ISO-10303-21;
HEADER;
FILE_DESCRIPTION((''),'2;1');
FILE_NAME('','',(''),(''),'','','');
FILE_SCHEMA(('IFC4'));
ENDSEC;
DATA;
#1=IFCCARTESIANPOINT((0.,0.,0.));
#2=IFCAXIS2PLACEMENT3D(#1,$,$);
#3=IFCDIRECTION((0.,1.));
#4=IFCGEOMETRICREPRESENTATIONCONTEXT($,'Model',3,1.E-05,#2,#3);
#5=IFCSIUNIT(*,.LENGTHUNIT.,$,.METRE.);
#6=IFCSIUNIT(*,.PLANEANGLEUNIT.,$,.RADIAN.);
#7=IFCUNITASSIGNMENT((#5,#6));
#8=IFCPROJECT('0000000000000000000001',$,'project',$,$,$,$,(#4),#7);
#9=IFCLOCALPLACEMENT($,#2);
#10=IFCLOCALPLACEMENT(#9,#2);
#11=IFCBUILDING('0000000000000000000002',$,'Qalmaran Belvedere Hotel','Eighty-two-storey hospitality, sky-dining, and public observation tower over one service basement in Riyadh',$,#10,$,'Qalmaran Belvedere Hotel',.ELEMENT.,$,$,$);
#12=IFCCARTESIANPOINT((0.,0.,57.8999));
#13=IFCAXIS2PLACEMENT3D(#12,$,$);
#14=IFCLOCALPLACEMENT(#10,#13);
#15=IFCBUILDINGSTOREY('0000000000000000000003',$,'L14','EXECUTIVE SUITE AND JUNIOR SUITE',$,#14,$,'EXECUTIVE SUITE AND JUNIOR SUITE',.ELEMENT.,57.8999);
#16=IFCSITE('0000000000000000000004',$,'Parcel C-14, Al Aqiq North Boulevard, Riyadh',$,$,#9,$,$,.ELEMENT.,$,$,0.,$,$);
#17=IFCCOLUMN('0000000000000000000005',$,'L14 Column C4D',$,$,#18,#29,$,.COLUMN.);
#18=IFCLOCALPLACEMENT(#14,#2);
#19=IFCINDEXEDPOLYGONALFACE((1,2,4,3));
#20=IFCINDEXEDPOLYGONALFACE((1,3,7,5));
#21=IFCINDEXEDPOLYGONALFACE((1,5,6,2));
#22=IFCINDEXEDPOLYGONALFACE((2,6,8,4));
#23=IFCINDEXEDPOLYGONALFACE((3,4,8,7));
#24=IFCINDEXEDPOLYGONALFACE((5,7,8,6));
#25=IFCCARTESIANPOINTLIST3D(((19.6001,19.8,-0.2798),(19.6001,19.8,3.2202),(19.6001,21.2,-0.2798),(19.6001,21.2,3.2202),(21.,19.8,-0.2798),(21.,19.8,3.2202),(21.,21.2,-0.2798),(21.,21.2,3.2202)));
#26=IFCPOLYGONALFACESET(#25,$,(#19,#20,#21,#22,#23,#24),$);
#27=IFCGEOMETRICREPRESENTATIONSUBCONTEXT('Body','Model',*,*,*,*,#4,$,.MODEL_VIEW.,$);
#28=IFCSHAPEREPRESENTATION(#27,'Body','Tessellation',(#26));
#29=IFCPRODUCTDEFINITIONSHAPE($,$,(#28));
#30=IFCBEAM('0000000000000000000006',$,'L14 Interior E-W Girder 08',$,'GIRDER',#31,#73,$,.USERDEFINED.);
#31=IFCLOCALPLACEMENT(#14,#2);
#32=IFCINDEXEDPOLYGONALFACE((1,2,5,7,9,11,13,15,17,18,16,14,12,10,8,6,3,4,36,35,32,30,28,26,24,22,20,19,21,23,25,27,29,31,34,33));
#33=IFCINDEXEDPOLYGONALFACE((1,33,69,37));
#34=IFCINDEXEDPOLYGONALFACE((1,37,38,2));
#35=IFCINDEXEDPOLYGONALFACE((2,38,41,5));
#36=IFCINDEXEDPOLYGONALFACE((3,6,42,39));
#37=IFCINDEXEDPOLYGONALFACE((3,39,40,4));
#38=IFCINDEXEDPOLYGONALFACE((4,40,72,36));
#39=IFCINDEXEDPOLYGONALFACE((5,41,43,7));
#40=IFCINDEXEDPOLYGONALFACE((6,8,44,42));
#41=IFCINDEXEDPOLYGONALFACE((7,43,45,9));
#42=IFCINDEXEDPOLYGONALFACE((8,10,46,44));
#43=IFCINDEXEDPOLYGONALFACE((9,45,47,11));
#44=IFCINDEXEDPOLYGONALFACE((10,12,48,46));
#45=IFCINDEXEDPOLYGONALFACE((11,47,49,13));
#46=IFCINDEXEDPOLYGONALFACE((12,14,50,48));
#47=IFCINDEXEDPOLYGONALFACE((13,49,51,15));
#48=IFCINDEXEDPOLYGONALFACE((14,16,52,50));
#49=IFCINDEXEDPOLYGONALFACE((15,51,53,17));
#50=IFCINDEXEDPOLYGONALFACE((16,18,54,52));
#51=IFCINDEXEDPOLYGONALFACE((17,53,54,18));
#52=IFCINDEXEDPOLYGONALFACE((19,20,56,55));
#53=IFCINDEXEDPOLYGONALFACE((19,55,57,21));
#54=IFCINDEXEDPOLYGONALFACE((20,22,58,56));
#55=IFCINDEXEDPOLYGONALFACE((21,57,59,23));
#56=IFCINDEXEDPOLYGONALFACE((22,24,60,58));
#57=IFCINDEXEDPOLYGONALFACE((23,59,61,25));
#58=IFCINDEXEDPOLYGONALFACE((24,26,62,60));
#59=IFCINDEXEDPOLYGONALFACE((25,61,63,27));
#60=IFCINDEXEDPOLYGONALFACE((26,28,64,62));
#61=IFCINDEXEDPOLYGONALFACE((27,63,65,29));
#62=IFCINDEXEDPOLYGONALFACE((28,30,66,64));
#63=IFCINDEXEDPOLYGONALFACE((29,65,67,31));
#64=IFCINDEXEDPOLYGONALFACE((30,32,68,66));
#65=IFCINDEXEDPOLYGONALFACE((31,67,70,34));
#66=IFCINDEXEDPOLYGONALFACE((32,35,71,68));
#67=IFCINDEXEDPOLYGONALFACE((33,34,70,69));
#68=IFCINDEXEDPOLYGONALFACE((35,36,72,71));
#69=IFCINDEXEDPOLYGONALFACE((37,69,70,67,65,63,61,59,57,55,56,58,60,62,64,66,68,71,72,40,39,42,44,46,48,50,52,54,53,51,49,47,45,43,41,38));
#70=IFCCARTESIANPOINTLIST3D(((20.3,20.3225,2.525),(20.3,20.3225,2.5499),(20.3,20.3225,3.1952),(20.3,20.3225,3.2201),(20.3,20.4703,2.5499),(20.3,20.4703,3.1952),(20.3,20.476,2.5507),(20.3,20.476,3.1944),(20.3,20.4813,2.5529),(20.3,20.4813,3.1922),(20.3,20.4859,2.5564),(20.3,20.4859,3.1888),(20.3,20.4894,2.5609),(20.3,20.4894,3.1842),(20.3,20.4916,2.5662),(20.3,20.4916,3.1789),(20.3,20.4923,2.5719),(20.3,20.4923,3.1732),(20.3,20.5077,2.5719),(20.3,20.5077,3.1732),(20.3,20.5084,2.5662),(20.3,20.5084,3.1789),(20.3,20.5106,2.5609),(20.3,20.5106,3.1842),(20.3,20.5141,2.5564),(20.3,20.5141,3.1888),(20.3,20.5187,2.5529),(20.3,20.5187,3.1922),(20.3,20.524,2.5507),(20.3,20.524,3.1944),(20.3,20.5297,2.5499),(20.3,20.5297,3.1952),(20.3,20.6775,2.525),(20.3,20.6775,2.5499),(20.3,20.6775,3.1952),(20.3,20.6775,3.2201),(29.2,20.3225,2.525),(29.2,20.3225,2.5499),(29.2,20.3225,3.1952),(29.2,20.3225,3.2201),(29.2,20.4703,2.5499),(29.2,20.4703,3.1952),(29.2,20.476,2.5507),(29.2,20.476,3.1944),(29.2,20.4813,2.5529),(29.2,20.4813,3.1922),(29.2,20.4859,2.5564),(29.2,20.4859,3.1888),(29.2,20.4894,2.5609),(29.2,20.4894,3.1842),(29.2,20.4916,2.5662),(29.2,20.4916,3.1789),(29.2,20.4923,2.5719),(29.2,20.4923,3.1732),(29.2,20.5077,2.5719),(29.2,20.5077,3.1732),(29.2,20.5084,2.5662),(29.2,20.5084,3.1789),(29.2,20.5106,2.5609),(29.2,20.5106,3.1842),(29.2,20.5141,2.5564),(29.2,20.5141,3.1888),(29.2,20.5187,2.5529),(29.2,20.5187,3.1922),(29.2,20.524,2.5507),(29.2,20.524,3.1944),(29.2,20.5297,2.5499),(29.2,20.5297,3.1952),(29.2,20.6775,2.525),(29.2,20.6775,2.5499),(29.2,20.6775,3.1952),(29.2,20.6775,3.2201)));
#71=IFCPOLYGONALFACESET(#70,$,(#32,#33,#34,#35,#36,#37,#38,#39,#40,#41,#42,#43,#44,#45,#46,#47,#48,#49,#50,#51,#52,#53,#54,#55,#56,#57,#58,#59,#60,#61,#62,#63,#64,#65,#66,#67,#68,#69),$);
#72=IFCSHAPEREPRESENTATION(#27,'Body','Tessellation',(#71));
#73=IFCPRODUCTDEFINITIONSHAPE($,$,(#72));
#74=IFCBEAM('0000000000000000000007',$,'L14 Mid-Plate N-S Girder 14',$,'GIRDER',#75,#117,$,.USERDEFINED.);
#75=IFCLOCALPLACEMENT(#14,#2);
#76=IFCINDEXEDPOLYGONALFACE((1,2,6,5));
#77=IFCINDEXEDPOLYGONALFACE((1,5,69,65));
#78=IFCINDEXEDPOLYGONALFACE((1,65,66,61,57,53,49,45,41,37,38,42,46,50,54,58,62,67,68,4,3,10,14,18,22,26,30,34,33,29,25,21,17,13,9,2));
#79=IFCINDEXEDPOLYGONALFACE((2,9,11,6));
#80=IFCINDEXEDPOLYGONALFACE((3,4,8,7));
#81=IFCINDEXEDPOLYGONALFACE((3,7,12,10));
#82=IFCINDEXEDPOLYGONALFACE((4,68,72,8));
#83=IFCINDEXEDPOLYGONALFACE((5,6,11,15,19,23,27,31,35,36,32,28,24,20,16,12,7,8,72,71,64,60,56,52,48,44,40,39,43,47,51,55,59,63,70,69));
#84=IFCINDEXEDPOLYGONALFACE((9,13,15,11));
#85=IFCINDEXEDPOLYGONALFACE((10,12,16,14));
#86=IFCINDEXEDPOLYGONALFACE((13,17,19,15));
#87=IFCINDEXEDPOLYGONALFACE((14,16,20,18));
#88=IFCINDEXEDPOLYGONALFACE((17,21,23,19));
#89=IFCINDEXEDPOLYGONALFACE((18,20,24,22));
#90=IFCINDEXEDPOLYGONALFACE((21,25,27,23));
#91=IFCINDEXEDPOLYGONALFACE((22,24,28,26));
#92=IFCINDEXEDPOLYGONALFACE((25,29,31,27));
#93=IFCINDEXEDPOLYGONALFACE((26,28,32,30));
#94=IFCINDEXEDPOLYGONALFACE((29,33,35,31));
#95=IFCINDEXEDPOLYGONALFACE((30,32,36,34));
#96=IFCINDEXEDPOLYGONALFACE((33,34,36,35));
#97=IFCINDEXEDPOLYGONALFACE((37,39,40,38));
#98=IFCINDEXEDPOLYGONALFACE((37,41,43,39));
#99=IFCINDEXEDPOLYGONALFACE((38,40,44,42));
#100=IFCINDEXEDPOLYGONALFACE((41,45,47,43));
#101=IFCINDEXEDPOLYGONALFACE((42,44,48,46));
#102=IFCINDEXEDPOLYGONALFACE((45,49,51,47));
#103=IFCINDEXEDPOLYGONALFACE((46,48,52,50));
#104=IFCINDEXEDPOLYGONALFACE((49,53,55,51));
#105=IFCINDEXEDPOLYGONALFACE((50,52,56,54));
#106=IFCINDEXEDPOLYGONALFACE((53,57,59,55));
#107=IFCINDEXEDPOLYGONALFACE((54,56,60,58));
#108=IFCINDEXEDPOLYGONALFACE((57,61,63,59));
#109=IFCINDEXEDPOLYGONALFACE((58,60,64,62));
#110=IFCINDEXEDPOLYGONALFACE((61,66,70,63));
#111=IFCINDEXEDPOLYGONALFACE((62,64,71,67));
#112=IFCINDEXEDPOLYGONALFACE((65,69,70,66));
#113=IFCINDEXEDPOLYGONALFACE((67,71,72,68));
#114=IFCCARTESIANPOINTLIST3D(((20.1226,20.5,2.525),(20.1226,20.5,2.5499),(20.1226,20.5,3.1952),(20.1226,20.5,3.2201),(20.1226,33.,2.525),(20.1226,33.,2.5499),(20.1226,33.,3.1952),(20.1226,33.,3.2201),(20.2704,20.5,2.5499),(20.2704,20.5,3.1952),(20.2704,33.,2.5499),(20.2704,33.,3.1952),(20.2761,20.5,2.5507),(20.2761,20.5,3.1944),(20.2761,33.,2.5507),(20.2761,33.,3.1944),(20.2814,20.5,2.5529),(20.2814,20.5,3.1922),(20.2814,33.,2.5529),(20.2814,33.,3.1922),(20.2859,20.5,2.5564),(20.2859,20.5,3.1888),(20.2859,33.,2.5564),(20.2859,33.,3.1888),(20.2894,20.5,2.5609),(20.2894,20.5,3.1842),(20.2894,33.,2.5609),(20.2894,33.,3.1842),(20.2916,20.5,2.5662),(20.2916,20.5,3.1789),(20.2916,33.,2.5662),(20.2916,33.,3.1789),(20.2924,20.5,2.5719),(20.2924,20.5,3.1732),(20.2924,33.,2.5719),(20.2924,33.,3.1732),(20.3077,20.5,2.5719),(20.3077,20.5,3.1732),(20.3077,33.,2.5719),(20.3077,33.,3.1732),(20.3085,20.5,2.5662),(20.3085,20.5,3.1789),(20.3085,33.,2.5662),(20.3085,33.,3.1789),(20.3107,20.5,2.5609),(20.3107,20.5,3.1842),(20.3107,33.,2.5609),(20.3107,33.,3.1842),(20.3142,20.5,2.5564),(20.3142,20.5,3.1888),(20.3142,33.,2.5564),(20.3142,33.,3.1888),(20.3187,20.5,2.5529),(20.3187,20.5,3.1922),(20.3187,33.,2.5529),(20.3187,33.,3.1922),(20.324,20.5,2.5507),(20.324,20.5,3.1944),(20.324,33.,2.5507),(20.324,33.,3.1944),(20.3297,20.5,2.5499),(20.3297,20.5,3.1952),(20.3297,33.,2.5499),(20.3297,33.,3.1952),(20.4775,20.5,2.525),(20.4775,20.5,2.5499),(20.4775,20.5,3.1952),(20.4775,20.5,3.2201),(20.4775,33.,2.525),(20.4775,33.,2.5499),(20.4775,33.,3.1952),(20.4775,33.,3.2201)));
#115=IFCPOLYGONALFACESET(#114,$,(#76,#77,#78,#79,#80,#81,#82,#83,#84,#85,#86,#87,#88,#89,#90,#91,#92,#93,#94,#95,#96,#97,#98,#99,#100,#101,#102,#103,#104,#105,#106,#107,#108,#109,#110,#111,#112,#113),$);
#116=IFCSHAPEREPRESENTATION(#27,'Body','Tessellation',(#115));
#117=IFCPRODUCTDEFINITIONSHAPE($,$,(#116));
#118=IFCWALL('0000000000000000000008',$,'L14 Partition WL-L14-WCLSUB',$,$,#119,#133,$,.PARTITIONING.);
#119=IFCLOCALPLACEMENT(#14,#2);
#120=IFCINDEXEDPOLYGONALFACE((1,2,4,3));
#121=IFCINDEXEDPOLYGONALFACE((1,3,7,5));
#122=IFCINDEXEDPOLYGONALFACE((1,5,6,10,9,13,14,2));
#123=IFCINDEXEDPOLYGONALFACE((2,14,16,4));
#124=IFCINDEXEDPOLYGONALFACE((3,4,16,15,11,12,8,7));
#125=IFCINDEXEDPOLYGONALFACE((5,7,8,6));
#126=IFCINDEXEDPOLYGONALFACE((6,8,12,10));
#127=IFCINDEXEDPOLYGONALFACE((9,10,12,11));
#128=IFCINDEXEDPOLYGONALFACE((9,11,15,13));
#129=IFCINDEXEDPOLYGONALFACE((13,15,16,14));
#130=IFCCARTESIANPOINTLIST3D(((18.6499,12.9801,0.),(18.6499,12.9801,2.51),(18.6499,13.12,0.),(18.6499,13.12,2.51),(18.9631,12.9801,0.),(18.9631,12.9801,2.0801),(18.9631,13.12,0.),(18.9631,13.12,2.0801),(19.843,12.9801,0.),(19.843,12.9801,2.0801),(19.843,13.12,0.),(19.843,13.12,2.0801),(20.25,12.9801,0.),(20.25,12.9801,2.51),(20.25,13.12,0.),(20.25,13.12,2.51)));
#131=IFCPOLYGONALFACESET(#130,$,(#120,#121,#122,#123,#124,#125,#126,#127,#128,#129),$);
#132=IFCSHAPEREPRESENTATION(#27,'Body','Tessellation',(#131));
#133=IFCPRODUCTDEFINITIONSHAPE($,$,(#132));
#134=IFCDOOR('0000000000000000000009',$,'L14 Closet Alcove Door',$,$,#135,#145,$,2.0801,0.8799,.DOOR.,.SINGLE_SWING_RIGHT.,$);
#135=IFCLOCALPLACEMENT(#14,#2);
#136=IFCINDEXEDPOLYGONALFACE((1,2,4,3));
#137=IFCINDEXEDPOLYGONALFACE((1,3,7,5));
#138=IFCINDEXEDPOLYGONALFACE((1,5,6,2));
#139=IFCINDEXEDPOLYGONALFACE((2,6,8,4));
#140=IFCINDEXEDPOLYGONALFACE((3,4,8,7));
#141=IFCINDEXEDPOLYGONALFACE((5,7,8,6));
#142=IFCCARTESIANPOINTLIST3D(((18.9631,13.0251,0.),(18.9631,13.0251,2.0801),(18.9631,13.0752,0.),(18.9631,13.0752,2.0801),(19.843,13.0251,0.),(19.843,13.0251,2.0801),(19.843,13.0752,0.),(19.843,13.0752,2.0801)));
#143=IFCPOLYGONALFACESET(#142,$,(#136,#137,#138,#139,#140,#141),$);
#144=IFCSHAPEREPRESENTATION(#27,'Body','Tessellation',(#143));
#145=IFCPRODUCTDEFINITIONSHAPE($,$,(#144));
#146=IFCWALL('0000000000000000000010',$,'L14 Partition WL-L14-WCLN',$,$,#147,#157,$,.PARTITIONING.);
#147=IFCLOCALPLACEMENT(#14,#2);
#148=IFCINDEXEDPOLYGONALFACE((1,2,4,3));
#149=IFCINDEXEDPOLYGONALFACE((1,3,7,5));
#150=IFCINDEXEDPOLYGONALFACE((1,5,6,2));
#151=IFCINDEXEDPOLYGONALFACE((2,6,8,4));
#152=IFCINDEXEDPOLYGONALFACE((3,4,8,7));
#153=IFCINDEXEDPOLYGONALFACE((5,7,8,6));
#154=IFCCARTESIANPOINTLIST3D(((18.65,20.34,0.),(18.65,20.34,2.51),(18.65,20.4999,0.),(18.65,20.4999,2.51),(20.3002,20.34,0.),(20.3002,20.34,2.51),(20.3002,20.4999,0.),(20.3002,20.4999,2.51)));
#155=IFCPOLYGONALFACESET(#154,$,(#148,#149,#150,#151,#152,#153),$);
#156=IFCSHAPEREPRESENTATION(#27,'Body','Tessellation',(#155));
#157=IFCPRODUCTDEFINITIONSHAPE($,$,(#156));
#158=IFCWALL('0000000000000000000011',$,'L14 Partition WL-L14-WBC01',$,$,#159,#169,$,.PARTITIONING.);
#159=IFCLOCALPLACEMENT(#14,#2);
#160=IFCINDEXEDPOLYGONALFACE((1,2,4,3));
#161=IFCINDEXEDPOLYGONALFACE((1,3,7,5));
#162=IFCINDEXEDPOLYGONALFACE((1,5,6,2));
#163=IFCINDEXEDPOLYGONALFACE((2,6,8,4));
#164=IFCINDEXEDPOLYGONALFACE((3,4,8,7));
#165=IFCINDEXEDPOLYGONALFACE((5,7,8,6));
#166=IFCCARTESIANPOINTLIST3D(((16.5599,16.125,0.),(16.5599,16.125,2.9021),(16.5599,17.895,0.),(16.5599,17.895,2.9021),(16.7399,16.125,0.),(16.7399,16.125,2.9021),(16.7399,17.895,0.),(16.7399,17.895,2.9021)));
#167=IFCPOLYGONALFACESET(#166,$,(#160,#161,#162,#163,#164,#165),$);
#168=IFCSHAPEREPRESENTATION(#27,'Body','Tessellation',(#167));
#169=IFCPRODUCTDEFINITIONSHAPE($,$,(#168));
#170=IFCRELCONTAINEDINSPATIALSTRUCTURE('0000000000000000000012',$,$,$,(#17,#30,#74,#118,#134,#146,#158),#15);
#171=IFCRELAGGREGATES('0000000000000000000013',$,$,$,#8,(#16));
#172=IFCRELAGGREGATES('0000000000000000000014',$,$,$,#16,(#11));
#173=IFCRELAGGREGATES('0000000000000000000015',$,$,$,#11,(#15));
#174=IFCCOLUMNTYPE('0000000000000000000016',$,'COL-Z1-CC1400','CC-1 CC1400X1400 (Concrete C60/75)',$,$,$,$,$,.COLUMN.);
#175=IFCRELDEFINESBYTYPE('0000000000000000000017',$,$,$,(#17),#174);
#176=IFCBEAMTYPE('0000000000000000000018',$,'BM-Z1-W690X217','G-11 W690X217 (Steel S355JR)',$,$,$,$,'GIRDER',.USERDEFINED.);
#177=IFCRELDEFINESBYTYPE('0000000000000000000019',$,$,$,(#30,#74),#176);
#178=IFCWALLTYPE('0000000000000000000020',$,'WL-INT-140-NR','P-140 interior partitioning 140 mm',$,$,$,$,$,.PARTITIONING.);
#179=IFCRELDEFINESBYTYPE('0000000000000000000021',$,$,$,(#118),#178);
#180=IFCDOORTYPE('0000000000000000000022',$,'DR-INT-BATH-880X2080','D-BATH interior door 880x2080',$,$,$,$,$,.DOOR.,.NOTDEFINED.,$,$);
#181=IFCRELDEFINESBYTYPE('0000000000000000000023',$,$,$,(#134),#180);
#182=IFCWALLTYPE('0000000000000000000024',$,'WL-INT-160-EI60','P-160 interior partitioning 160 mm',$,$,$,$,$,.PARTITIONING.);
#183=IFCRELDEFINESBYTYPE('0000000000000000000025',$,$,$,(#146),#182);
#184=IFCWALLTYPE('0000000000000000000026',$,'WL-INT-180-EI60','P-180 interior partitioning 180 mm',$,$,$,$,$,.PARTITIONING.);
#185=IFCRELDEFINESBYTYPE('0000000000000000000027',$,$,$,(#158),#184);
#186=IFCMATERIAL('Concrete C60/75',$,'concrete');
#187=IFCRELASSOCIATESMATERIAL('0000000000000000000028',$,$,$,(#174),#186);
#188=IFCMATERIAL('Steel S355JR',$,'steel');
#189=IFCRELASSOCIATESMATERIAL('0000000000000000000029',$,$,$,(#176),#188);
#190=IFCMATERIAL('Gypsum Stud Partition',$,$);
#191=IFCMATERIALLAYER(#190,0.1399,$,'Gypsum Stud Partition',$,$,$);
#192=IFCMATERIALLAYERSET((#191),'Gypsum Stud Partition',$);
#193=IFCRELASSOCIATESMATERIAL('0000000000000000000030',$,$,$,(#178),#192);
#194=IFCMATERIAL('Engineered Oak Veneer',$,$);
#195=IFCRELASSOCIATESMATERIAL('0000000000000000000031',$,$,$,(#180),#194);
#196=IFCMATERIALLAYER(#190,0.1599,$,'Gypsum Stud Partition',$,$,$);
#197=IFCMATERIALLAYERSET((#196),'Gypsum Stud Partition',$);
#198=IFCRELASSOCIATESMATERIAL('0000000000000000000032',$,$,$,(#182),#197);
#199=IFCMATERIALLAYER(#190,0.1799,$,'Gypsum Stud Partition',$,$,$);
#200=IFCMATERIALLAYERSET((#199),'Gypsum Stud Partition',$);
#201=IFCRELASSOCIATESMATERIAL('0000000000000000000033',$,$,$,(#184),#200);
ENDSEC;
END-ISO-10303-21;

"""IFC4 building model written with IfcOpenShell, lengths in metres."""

from ifc_helpers import new_model, si_unit, direction, frame, frame_2d, origin, origin_2d, place, context, subcontext, project, spatial, rectangle, i_section, extrude, material, layer, layer_set, material_profile, profile_set, type_object, element, fill, save


model = new_model("IFC4")

# Units and contexts
model_context = context("Model", 3, precision=1e-05, world=origin(), true_north=direction((0.0, 1.0)))
body_context = subcontext(model_context, "Body", "Model", "MODEL_VIEW")
ifc_project = project(units=[si_unit("LENGTHUNIT", "METRE"), si_unit("PLANEANGLEUNIT", "RADIAN")], contexts=[model_context])

# Site, building, storey
site_placement = place(None, origin())
site = spatial("IfcSite", under=ifc_project, at=site_placement, Name="Parcel C-14, Al Aqiq North Boulevard, Riyadh", CompositionType="ELEMENT", RefElevation=0.0)
building_placement = place(site_placement, origin())
building = spatial("IfcBuilding", under=site, at=building_placement, Name="Qalmaran Belvedere Hotel", Description="Eighty-two-storey hospitality, sky-dining, and public observation tower over one service basement in Riyadh", LongName="Qalmaran Belvedere Hotel", CompositionType="ELEMENT")
storey_placement = place(building_placement, frame((0.0, 0.0, 57.8999)))
storey = spatial("IfcBuildingStorey", under=building, at=storey_placement, Name="L14", Description="EXECUTIVE SUITE AND JUNIOR SUITE", LongName="EXECUTIVE SUITE AND JUNIOR SUITE", CompositionType="ELEMENT", Elevation=57.8999)

# Column
ifc_material_1 = material(Name="Concrete C60/75", Category="concrete")
ifc_material_profile_1 = material_profile(ifc_material_1, rectangle(XDim=1.3999, YDim=1.3999, at=origin_2d()), Name="CC1400X1400")
ifc_profile_set_1 = profile_set([ifc_material_profile_1], Name="Concrete C60/75")
column_type = type_object("IfcColumnType", Name="COL-Z1-CC1400", Description="CC-1 CC1400X1400 (Concrete C60/75)", PredefinedType="COLUMN", material=ifc_profile_set_1)
column_placement = place(storey_placement, frame((20.3, 20.5, -0.2798), z_axis=(0.0, 0.0, 1.0), x_axis=(1.0, 0.0, 0.0)))
element("IfcColumn", 1, at=column_placement, inside=storey, type_object=column_type, Name="L14 Column C4D", PredefinedType="COLUMN", context=body_context, shape_type="SweptSolid", body=[
    extrude(rectangle(XDim=1.3999, YDim=1.3999, at=origin_2d()), origin(), (0.0, 0.0, 1.0), 3.5),
])

# Beams
ifc_material_2 = material(Name="Steel S355JR", Category="steel")
ifc_material_profile_2 = material_profile(ifc_material_2, i_section(OverallWidth=0.355, OverallDepth=0.6951, WebThickness=0.0154, FlangeThickness=0.0249, FilletRadius=0.022, at=origin_2d()), Name="W690X217")
ifc_profile_set_2 = profile_set([ifc_material_profile_2], Name="Steel S355JR")
beam_type = type_object("IfcBeamType", Name="BM-Z1-W690X217", Description="G-11 W690X217 (Steel S355JR)", ElementType="GIRDER", PredefinedType="USERDEFINED", material=ifc_profile_set_2)
beam_1_placement = place(storey_placement, frame((20.3, 20.5, 2.8726), z_axis=(1.0, 0.0, 0.0), x_axis=(0.0, 1.0, 0.0)))
element("IfcBeam", 2, at=beam_1_placement, inside=storey, type_object=beam_type, Name="L14 Interior E-W Girder 08", ObjectType="GIRDER", PredefinedType="USERDEFINED", context=body_context, shape_type="SweptSolid", body=[
    extrude(i_section(OverallWidth=0.355, OverallDepth=0.6951, WebThickness=0.0154, FlangeThickness=0.0249, FilletRadius=0.022, at=origin_2d()), origin(), (0.0, 0.0, 1.0), 8.8999),
])
beam_2_placement = place(storey_placement, frame((20.3, 20.5, 2.8726), z_axis=(0.0, 1.0, 0.0), x_axis=(-1.0, 0.0, 0.0)))
element("IfcBeam", 3, at=beam_2_placement, inside=storey, type_object=beam_type, Name="L14 Mid-Plate N-S Girder 14", ObjectType="GIRDER", PredefinedType="USERDEFINED", context=body_context, shape_type="SweptSolid", body=[
    extrude(i_section(OverallWidth=0.355, OverallDepth=0.6951, WebThickness=0.0154, FlangeThickness=0.0249, FilletRadius=0.022, at=origin_2d()), origin(), (0.0, 0.0, 1.0), 12.5),
])

# Wall, opening, door
ifc_material_3 = material(Name="Gypsum Stud Partition")
ifc_layer_1 = layer(ifc_material_3, 0.1399, Name="Gypsum Stud Partition")
ifc_layer_set_1 = layer_set([ifc_layer_1], Name="Gypsum Stud Partition")
wall_type_1 = type_object("IfcWallType", Name="WL-INT-140-NR", Description="P-140 interior partitioning 140 mm", PredefinedType="PARTITIONING", material=ifc_layer_set_1)
wall_1_placement = place(storey_placement, frame((18.6499, 13.05, 0.0), z_axis=(0.0, 0.0, 1.0), x_axis=(1.0, 0.0, 0.0)))
wall_1 = element("IfcWall", 4, at=wall_1_placement, inside=storey, type_object=wall_type_1, Name="L14 Partition WL-L14-WCLSUB", PredefinedType="PARTITIONING", context=body_context, shape_type="SweptSolid", body=[
    extrude(rectangle(XDim=1.6001, YDim=0.1399, at=frame_2d((0.8, 0.0))), origin(), (0.0, 0.0, 1.0), 2.51),
])
opening_1_placement = place(wall_1_placement, frame((1.1931, 0.0, 0.0), z_axis=(0.0, 0.0, 1.0), x_axis=(-1.0, 0.0, 0.0)))
opening_1 = element("IfcOpeningElement", 5, at=opening_1_placement, cuts=wall_1, PredefinedType="OPENING", context=body_context, shape_type="SweptSolid", body=[
    extrude(rectangle(XDim=0.8799, YDim=2.0801, at=frame_2d((0.4399, 1.04))), frame((0.0, 0.0801, 0.0), z_axis=(0.0, -1.0, 0.0), x_axis=(1.0, 0.0, 0.0)), (0.0, 0.0, 1.0), 0.1599),
])
ifc_material_4 = material(Name="Engineered Oak Veneer")
door_type_1 = type_object("IfcDoorType", Name="DR-INT-BATH-880X2080", Description="D-BATH interior door 880x2080", OperationType="NOTDEFINED", PredefinedType="DOOR", material=ifc_material_4)
door_1_placement = place(opening_1_placement, origin())
door_1 = element("IfcDoor", 6, at=door_1_placement, inside=storey, type_object=door_type_1, Name="L14 Closet Alcove Door", OperationType="SINGLE_SWING_RIGHT", OverallHeight=2.0801, OverallWidth=0.8799, PredefinedType="DOOR", context=body_context, shape_type="SweptSolid", body=[
    extrude(rectangle(XDim=0.8799, YDim=2.0801, at=frame_2d((0.4399, 1.04))), frame((0.0, 0.0249, 0.0), z_axis=(0.0, -1.0, 0.0), x_axis=(1.0, 0.0, 0.0)), (0.0, 0.0, 1.0), 0.05),
])
fill(opening_1, door_1)

# Wall
ifc_layer_2 = layer(ifc_material_3, 0.1599, Name="Gypsum Stud Partition")
ifc_layer_set_2 = layer_set([ifc_layer_2], Name="Gypsum Stud Partition")
wall_type_2 = type_object("IfcWallType", Name="WL-INT-160-EI60", Description="P-160 interior partitioning 160 mm", PredefinedType="PARTITIONING", material=ifc_layer_set_2)
wall_2_placement = place(storey_placement, frame((18.6499, 20.4199, 0.0), z_axis=(0.0, 0.0, 1.0), x_axis=(1.0, 0.0, 0.0)))
element("IfcWall", 7, at=wall_2_placement, inside=storey, type_object=wall_type_2, Name="L14 Partition WL-L14-WCLN", PredefinedType="PARTITIONING", context=body_context, shape_type="SweptSolid", body=[
    extrude(rectangle(XDim=1.6501, YDim=0.1599, at=frame_2d((0.8252, 0.0))), origin(), (0.0, 0.0, 1.0), 2.51),
])

# Shared definitions
ifc_layer_3 = layer(ifc_material_3, 0.1799, Name="Gypsum Stud Partition")
ifc_layer_set_3 = layer_set([ifc_layer_3], Name="Gypsum Stud Partition")
wall_type_3 = type_object("IfcWallType", Name="WL-INT-180-EI60", Description="P-180 interior partitioning 180 mm", PredefinedType="PARTITIONING", material=ifc_layer_set_3)

# Wall
wall_3_placement = place(storey_placement, frame((16.6499, 16.125, 0.0), z_axis=(0.0, 0.0, 1.0), x_axis=(0.0, 1.0, 0.0)))
element("IfcWall", 8, at=wall_3_placement, inside=storey, type_object=wall_type_3, Name="L14 Partition WL-L14-WBC01", PredefinedType="PARTITIONING", context=body_context, shape_type="SweptSolid", body=[
    extrude(rectangle(XDim=1.77, YDim=0.1799, at=frame_2d((0.885, 0.0))), origin(), (0.0, 0.0, 1.0), 2.9021),
])

save(model, "model.ifc")
